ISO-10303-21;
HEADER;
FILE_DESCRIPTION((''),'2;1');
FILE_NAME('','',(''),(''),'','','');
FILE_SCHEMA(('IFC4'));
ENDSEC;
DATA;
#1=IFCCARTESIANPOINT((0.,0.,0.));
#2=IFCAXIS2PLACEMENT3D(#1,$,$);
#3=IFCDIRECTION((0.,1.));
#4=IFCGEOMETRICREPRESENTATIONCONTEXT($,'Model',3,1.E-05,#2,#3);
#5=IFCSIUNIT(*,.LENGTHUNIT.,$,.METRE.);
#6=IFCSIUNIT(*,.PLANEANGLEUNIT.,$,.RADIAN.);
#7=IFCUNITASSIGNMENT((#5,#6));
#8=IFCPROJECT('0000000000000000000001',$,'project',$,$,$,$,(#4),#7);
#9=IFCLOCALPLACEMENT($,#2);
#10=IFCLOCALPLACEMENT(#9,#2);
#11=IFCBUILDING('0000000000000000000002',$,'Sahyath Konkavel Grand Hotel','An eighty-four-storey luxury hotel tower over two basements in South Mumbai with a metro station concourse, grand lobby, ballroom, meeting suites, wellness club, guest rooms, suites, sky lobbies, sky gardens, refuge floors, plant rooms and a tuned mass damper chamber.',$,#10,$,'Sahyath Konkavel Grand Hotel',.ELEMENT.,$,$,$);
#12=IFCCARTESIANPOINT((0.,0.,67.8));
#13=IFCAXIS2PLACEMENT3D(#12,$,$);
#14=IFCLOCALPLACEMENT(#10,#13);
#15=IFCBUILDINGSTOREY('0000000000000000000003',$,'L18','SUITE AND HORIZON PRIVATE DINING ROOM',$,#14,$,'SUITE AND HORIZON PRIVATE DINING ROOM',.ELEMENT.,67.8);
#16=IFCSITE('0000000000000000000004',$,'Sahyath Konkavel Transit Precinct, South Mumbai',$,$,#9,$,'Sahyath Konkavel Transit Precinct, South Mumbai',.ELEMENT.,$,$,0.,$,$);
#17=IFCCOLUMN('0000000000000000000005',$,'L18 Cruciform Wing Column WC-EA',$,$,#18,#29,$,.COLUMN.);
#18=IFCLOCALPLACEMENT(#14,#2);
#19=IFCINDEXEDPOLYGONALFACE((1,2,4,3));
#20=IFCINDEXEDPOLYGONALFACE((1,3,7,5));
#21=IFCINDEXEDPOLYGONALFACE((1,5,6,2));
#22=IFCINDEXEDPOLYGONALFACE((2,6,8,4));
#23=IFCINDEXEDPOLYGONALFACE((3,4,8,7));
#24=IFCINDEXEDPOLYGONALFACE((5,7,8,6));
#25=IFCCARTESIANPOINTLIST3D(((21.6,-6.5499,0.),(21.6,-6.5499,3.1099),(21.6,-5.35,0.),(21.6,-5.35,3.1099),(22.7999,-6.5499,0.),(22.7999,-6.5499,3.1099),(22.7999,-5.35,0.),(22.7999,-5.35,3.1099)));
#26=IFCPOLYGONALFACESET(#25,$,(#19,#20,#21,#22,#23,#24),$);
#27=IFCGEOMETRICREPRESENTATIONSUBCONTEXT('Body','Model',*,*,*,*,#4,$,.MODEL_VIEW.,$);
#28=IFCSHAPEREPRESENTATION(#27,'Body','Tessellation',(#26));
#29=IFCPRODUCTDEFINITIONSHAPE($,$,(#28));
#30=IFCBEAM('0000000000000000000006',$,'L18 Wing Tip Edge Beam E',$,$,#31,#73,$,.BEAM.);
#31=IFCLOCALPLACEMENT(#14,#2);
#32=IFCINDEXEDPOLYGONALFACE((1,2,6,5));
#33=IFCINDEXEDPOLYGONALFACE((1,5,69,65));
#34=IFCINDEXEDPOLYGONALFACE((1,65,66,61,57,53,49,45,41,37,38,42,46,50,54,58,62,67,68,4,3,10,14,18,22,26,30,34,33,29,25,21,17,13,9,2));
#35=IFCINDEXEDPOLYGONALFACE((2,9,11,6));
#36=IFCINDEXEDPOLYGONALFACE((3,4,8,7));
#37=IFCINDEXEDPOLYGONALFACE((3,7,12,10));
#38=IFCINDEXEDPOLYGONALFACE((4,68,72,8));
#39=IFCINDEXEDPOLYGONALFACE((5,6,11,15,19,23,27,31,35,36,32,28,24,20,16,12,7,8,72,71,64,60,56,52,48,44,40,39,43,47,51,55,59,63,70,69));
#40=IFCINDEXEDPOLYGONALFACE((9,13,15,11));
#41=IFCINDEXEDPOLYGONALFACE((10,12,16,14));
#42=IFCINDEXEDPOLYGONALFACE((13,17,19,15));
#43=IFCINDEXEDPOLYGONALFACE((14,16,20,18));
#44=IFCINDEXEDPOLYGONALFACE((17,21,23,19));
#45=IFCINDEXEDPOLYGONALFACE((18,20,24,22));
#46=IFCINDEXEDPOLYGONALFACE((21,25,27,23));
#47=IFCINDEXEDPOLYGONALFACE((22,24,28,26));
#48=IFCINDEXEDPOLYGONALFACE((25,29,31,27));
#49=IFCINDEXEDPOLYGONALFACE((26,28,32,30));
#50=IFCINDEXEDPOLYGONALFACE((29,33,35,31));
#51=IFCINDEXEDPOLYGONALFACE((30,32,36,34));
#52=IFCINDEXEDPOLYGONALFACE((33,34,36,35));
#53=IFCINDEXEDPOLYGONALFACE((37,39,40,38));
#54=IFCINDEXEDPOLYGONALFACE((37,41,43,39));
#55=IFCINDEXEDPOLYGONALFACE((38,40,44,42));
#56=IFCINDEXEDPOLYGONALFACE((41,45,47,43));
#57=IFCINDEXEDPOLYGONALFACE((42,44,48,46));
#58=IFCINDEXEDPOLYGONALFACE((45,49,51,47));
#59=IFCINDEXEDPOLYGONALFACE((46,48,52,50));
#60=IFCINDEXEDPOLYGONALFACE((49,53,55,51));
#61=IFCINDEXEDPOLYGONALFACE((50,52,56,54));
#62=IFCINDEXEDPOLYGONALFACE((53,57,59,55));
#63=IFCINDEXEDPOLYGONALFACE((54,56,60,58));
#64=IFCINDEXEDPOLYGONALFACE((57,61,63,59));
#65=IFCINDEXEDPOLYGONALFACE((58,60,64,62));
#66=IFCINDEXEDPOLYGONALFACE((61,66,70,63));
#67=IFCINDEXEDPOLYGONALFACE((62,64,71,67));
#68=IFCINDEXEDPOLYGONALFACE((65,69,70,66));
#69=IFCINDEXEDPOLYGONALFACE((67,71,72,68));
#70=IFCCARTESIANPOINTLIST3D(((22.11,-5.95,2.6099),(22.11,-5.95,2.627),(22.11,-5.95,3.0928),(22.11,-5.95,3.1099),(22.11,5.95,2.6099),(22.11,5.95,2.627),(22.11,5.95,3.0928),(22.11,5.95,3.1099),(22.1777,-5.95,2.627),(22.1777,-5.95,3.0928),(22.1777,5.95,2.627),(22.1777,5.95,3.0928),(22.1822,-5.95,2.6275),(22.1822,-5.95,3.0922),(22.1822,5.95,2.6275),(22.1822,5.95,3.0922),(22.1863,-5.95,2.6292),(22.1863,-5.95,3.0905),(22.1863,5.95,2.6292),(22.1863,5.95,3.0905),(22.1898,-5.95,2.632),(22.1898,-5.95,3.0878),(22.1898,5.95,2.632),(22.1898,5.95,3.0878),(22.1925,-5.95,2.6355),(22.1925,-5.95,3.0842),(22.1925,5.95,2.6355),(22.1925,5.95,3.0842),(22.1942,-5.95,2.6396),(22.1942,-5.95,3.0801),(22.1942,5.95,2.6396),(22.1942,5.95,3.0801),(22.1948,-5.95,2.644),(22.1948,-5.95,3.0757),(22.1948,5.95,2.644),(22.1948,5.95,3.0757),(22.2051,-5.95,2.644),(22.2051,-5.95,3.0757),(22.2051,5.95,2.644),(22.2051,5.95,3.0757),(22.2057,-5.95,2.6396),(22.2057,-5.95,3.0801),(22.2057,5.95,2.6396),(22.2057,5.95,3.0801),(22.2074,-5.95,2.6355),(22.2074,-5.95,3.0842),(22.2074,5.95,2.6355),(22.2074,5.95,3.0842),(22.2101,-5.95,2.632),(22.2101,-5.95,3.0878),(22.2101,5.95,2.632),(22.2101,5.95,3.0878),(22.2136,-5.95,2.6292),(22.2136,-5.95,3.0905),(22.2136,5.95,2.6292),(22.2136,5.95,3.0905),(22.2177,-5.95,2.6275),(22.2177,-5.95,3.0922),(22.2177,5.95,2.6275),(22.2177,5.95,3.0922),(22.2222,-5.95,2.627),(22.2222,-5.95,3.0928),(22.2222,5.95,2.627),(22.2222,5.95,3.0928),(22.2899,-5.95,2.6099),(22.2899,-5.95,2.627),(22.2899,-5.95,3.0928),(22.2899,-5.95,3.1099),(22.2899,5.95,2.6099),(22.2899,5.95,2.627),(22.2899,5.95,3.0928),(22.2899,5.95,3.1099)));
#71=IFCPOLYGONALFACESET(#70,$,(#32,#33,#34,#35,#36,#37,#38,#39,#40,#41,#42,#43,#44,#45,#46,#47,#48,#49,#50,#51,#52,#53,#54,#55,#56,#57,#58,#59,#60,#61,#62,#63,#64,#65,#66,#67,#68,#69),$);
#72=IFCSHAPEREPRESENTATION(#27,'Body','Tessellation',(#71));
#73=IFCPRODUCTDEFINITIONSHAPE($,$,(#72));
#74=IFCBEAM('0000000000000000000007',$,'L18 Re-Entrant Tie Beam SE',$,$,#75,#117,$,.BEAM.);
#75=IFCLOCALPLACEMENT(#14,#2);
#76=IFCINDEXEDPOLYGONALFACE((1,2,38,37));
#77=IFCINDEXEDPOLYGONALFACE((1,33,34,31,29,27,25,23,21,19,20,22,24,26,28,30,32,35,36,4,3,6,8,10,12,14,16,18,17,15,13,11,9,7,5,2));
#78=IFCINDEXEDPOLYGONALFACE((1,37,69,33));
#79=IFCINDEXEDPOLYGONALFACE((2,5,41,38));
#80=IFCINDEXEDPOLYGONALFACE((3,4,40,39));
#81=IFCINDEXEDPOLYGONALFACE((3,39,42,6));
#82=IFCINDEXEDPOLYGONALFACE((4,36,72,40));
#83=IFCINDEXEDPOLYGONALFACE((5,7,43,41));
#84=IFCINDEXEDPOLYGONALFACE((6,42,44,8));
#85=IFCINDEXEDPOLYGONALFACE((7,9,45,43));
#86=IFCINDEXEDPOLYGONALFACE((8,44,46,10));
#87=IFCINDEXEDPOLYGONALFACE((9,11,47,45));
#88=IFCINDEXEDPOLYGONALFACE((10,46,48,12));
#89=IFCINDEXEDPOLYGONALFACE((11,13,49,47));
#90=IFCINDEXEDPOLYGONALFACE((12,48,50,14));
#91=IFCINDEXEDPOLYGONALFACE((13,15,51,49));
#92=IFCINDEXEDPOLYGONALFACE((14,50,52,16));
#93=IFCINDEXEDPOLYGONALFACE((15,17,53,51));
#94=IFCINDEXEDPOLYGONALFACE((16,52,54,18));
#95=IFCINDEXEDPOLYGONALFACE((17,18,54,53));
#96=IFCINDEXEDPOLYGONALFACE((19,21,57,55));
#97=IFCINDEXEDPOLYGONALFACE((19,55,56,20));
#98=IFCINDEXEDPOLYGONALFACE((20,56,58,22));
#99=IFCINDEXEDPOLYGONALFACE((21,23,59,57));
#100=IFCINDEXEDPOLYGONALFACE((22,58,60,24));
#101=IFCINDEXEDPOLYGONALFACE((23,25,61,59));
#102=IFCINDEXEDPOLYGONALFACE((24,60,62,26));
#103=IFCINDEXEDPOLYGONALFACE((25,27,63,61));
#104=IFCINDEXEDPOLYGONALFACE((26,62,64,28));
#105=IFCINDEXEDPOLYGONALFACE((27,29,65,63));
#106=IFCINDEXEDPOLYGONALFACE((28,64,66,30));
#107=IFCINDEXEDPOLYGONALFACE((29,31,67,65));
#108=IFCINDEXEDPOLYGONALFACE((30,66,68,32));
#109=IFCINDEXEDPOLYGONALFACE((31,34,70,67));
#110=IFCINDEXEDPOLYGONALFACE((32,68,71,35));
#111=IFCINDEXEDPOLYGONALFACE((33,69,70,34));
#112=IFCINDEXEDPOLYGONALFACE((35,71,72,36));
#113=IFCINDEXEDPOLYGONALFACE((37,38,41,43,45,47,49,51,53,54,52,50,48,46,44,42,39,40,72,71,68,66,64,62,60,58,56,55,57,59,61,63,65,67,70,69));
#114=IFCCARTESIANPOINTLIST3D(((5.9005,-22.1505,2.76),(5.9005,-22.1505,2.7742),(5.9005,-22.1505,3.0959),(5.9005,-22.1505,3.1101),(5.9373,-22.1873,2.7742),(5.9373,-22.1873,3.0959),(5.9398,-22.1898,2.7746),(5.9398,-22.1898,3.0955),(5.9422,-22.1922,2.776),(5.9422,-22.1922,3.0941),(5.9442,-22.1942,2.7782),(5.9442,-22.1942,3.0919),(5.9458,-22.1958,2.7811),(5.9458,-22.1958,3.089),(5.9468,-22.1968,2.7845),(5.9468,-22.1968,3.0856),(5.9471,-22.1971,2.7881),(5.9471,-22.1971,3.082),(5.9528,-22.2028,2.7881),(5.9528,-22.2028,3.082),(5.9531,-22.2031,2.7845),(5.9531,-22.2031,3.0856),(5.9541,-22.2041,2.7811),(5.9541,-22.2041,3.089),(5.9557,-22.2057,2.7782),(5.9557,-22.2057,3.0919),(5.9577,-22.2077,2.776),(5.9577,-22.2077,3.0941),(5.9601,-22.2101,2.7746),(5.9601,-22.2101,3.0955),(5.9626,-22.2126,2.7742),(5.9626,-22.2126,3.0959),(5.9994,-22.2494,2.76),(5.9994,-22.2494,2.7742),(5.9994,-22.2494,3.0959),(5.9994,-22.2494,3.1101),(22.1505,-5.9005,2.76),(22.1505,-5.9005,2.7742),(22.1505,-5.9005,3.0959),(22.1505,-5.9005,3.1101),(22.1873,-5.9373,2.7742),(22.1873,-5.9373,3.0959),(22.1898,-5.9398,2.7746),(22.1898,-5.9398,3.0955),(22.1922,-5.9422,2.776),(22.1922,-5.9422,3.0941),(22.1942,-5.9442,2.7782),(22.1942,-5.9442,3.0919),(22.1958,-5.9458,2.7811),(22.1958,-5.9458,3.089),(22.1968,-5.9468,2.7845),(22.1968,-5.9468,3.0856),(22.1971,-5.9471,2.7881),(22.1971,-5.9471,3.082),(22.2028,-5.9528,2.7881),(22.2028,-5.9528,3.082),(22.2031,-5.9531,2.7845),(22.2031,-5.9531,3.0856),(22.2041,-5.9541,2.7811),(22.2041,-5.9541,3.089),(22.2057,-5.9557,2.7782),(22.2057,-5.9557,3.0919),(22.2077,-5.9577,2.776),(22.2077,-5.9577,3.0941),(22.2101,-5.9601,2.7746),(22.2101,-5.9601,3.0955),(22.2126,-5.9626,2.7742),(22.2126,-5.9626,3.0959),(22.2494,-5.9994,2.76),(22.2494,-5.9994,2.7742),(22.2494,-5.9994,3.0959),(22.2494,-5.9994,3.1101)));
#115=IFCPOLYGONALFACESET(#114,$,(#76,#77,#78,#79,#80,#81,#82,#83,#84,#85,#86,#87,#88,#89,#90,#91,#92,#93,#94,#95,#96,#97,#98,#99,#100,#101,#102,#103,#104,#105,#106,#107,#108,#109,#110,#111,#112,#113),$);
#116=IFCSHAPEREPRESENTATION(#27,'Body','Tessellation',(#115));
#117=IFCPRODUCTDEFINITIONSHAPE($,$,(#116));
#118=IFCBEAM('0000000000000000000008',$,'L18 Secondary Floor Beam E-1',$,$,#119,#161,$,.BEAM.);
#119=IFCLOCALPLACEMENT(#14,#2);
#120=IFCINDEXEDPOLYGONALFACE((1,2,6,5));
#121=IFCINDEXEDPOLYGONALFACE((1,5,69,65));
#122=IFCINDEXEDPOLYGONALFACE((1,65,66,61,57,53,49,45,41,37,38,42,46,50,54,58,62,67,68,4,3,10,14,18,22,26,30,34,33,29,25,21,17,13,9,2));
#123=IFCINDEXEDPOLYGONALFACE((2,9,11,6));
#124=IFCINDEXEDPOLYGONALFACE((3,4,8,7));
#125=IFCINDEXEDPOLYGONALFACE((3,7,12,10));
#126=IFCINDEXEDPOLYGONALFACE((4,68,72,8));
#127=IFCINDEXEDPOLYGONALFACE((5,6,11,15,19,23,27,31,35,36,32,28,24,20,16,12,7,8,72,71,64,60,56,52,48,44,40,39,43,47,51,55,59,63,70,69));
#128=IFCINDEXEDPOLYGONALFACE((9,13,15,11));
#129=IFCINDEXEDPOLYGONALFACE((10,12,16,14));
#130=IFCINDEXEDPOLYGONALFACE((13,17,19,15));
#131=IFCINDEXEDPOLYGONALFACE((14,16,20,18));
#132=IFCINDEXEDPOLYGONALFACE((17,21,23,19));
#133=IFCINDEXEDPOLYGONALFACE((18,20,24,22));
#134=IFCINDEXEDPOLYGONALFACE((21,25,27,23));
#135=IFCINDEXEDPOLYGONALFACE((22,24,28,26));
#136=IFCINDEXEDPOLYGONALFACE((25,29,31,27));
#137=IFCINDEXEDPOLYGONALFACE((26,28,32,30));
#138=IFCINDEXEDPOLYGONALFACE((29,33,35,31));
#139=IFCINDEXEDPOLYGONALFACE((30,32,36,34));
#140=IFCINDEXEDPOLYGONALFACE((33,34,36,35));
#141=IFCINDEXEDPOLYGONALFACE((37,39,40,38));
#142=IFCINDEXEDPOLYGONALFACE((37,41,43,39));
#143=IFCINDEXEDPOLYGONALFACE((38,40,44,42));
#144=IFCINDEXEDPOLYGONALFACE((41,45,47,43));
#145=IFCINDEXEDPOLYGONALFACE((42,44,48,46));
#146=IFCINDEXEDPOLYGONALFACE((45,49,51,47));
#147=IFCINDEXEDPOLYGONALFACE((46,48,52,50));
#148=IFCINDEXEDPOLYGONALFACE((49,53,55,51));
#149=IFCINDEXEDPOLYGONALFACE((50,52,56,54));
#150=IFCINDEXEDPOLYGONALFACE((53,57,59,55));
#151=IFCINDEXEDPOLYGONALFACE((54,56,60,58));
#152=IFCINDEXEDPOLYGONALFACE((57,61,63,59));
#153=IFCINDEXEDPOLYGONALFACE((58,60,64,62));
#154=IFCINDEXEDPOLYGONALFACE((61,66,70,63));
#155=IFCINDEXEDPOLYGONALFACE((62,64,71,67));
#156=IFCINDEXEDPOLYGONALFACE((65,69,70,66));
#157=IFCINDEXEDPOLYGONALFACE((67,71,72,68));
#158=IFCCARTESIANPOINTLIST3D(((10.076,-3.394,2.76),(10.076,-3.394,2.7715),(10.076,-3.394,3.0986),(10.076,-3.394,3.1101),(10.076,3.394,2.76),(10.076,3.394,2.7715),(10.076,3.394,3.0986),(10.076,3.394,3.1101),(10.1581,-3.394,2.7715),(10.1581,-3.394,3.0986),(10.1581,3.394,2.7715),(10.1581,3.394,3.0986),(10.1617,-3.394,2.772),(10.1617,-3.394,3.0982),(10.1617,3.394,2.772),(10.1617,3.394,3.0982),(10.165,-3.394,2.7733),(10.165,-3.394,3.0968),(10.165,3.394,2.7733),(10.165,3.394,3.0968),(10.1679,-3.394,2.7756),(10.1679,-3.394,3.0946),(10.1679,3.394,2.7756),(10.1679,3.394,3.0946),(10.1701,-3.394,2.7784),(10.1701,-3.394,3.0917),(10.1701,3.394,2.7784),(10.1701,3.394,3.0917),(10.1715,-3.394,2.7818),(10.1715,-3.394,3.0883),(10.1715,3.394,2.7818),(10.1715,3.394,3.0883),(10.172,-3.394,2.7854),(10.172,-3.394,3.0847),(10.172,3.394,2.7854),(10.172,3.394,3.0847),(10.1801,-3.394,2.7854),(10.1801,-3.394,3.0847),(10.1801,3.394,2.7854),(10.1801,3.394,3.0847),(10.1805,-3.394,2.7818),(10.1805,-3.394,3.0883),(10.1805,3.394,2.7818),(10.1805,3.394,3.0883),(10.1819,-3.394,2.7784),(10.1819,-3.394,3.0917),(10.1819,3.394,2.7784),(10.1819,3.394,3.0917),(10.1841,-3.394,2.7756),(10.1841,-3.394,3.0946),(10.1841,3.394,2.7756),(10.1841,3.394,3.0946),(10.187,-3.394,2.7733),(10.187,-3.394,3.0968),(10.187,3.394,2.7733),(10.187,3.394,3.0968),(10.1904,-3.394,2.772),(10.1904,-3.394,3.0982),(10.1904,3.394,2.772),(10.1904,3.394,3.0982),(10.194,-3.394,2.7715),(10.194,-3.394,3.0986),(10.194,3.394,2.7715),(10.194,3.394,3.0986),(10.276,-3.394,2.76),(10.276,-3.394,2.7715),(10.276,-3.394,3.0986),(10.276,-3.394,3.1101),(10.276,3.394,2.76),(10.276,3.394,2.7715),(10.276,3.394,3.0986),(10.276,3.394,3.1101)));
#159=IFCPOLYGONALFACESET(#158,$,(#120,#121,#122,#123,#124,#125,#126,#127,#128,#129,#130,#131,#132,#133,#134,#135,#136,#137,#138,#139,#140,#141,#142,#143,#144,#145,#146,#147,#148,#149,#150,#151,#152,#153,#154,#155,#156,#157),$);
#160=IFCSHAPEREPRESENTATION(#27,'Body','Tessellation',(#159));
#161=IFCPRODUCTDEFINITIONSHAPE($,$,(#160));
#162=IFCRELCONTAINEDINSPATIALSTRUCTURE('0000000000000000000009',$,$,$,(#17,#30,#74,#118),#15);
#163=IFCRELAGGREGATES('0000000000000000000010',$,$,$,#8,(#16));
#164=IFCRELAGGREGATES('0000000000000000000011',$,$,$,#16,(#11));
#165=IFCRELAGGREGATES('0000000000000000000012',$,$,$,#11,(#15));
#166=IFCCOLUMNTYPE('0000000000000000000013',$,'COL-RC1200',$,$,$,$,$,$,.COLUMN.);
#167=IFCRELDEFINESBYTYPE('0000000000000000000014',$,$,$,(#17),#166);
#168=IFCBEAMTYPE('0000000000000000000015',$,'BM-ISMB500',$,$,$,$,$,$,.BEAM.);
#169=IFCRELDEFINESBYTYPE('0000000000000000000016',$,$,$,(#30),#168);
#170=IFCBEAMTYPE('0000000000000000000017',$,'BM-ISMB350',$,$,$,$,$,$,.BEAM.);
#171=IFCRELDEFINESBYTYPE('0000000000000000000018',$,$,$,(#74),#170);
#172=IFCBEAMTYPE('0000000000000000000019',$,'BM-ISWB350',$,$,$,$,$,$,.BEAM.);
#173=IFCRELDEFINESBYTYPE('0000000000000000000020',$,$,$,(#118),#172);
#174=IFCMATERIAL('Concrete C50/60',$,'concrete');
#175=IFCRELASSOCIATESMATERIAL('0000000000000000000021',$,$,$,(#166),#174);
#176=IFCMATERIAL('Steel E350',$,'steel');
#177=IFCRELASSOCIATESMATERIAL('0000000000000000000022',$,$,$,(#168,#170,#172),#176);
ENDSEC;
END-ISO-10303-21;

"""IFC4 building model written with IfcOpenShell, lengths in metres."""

from ifc_helpers import new_model, si_unit, direction, frame, origin, origin_2d, place, context, subcontext, project, spatial, rectangle, i_section, extrude, source, transform, mapped, material, material_profile, profile_set, type_object, element, save


model = new_model("IFC4")

# Units and contexts
model_context = context("Model", 3, precision=1e-05, world=origin(), true_north=direction((0.0, 1.0)))
body_context = subcontext(model_context, "Body", "Model", "MODEL_VIEW")
ifc_project = project(units=[si_unit("LENGTHUNIT", "METRE"), si_unit("PLANEANGLEUNIT", "RADIAN")], contexts=[model_context])

# Site, building, storey
site_placement = place(None, origin())
site = spatial("IfcSite", under=ifc_project, at=site_placement, Name="Sahyath Konkavel Transit Precinct, South Mumbai", LongName="Sahyath Konkavel Transit Precinct, South Mumbai", CompositionType="ELEMENT", RefElevation=0.0)
building_placement = place(site_placement, origin())
building = spatial("IfcBuilding", under=site, at=building_placement, Name="Sahyath Konkavel Grand Hotel", Description="An eighty-four-storey luxury hotel tower over two basements in South Mumbai with a metro station concourse, grand lobby, ballroom, meeting suites, wellness club, guest rooms, suites, sky lobbies, sky gardens, refuge floors, plant rooms and a tuned mass damper chamber.", LongName="Sahyath Konkavel Grand Hotel", CompositionType="ELEMENT")
storey_placement = place(building_placement, frame((0.0, 0.0, 67.8)))
storey = spatial("IfcBuildingStorey", under=building, at=storey_placement, Name="L18", Description="SUITE AND HORIZON PRIVATE DINING ROOM", LongName="SUITE AND HORIZON PRIVATE DINING ROOM", CompositionType="ELEMENT", Elevation=67.8)

# Column
ifc_material_1 = material(Name="Concrete C50/60", Category="concrete")
ifc_material_profile_1 = material_profile(ifc_material_1, rectangle(XDim=1.2, YDim=1.2, at=origin_2d()), Name="RC 1200x1200")
ifc_profile_set_1 = profile_set([ifc_material_profile_1], Name="Concrete C50/60")
column_type = type_object("IfcColumnType", Name="COL-RC1200", PredefinedType="COLUMN", material=ifc_profile_set_1)
shared_shape_1 = source(origin(), body_context, "Body", "SweptSolid", [
    extrude(rectangle(XDim=1.2, YDim=1.2, at=origin_2d()), origin(), (0.0, 0.0, 1.0), 3.1099),
])
column_placement = place(storey_placement, frame((22.2, -5.95, 0.0), z_axis=(0.0, 0.0, 1.0), x_axis=(1.0, 0.0, 0.0)))
element("IfcColumn", 1, at=column_placement, inside=storey, type_object=column_type, Name="L18 Cruciform Wing Column WC-EA", PredefinedType="COLUMN", context=body_context, shape_type="MappedRepresentation", body=[
    mapped(shared_shape_1, transform((0.0, 0.0, 0.0), scale=1.0)),
])

# Beams
ifc_material_2 = material(Name="Steel E350", Category="steel")
ifc_material_profile_2 = material_profile(ifc_material_2, i_section(OverallWidth=0.1799, OverallDepth=0.5, WebThickness=0.0103, FlangeThickness=0.0171, FilletRadius=0.0171, at=origin_2d()), Name="ISMB 500")
ifc_profile_set_2 = profile_set([ifc_material_profile_2], Name="Steel E350")
beam_type_1 = type_object("IfcBeamType", Name="BM-ISMB500", PredefinedType="BEAM", material=ifc_profile_set_2)
shared_shape_2 = source(origin(), body_context, "Body", "SweptSolid", [
    extrude(i_section(OverallWidth=0.1799, OverallDepth=0.5, WebThickness=0.0103, FlangeThickness=0.0171, FilletRadius=0.0171, at=origin_2d()), origin(), (0.0, 0.0, 1.0), 11.8999),
])
beam_1_placement = place(storey_placement, frame((22.2, -5.95, 2.8599), z_axis=(0.0, 1.0, 0.0), x_axis=(-1.0, 0.0, 0.0)))
element("IfcBeam", 2, at=beam_1_placement, inside=storey, type_object=beam_type_1, Name="L18 Wing Tip Edge Beam E", PredefinedType="BEAM", context=body_context, shape_type="MappedRepresentation", body=[
    mapped(shared_shape_2, transform((0.0, 0.0, 0.0), scale=1.0)),
])
ifc_material_profile_3 = material_profile(ifc_material_2, i_section(OverallWidth=0.1399, OverallDepth=0.3501, WebThickness=0.0081, FlangeThickness=0.0142, FilletRadius=0.0139, at=origin_2d()), Name="ISMB 350")
ifc_profile_set_3 = profile_set([ifc_material_profile_3], Name="Steel E350")
beam_type_2 = type_object("IfcBeamType", Name="BM-ISMB350", PredefinedType="BEAM", material=ifc_profile_set_3)
shared_shape_3 = source(origin(), body_context, "Body", "SweptSolid", [
    extrude(i_section(OverallWidth=0.1399, OverallDepth=0.3501, WebThickness=0.0081, FlangeThickness=0.0142, FilletRadius=0.0139, at=origin_2d()), origin(), (0.0, 0.0, 1.0), 22.981),
])
beam_2_placement = place(storey_placement, frame((22.2, -5.95, 2.9351), z_axis=(-0.707107, -0.707107, 0.0), x_axis=(0.707107, -0.707107, 0.0)))
element("IfcBeam", 3, at=beam_2_placement, inside=storey, type_object=beam_type_2, Name="L18 Re-Entrant Tie Beam SE", PredefinedType="BEAM", context=body_context, shape_type="MappedRepresentation", body=[
    mapped(shared_shape_3, transform((0.0, 0.0, 0.0), scale=1.0)),
])
ifc_material_profile_4 = material_profile(ifc_material_2, i_section(OverallWidth=0.2, OverallDepth=0.3501, WebThickness=0.0081, FlangeThickness=0.0115, FilletRadius=0.0139, at=origin_2d()), Name="ISWB 350")
ifc_profile_set_4 = profile_set([ifc_material_profile_4], Name="Steel E350")
beam_type_3 = type_object("IfcBeamType", Name="BM-ISWB350", PredefinedType="BEAM", material=ifc_profile_set_4)
shared_shape_4 = source(origin(), body_context, "Body", "SweptSolid", [
    extrude(i_section(OverallWidth=0.2, OverallDepth=0.3501, WebThickness=0.0081, FlangeThickness=0.0115, FilletRadius=0.0139, at=origin_2d()), origin(), (0.0, 0.0, 1.0), 6.7881),
])
beam_3_placement = place(storey_placement, frame((10.176, -3.394, 2.9351), z_axis=(0.0, 1.0, 0.0), x_axis=(-1.0, 0.0, 0.0)))
element("IfcBeam", 4, at=beam_3_placement, inside=storey, type_object=beam_type_3, Name="L18 Secondary Floor Beam E-1", PredefinedType="BEAM", context=body_context, shape_type="MappedRepresentation", body=[
    mapped(shared_shape_4, transform((0.0, 0.0, 0.0), scale=1.0)),
])

save(model, "model.ifc")
